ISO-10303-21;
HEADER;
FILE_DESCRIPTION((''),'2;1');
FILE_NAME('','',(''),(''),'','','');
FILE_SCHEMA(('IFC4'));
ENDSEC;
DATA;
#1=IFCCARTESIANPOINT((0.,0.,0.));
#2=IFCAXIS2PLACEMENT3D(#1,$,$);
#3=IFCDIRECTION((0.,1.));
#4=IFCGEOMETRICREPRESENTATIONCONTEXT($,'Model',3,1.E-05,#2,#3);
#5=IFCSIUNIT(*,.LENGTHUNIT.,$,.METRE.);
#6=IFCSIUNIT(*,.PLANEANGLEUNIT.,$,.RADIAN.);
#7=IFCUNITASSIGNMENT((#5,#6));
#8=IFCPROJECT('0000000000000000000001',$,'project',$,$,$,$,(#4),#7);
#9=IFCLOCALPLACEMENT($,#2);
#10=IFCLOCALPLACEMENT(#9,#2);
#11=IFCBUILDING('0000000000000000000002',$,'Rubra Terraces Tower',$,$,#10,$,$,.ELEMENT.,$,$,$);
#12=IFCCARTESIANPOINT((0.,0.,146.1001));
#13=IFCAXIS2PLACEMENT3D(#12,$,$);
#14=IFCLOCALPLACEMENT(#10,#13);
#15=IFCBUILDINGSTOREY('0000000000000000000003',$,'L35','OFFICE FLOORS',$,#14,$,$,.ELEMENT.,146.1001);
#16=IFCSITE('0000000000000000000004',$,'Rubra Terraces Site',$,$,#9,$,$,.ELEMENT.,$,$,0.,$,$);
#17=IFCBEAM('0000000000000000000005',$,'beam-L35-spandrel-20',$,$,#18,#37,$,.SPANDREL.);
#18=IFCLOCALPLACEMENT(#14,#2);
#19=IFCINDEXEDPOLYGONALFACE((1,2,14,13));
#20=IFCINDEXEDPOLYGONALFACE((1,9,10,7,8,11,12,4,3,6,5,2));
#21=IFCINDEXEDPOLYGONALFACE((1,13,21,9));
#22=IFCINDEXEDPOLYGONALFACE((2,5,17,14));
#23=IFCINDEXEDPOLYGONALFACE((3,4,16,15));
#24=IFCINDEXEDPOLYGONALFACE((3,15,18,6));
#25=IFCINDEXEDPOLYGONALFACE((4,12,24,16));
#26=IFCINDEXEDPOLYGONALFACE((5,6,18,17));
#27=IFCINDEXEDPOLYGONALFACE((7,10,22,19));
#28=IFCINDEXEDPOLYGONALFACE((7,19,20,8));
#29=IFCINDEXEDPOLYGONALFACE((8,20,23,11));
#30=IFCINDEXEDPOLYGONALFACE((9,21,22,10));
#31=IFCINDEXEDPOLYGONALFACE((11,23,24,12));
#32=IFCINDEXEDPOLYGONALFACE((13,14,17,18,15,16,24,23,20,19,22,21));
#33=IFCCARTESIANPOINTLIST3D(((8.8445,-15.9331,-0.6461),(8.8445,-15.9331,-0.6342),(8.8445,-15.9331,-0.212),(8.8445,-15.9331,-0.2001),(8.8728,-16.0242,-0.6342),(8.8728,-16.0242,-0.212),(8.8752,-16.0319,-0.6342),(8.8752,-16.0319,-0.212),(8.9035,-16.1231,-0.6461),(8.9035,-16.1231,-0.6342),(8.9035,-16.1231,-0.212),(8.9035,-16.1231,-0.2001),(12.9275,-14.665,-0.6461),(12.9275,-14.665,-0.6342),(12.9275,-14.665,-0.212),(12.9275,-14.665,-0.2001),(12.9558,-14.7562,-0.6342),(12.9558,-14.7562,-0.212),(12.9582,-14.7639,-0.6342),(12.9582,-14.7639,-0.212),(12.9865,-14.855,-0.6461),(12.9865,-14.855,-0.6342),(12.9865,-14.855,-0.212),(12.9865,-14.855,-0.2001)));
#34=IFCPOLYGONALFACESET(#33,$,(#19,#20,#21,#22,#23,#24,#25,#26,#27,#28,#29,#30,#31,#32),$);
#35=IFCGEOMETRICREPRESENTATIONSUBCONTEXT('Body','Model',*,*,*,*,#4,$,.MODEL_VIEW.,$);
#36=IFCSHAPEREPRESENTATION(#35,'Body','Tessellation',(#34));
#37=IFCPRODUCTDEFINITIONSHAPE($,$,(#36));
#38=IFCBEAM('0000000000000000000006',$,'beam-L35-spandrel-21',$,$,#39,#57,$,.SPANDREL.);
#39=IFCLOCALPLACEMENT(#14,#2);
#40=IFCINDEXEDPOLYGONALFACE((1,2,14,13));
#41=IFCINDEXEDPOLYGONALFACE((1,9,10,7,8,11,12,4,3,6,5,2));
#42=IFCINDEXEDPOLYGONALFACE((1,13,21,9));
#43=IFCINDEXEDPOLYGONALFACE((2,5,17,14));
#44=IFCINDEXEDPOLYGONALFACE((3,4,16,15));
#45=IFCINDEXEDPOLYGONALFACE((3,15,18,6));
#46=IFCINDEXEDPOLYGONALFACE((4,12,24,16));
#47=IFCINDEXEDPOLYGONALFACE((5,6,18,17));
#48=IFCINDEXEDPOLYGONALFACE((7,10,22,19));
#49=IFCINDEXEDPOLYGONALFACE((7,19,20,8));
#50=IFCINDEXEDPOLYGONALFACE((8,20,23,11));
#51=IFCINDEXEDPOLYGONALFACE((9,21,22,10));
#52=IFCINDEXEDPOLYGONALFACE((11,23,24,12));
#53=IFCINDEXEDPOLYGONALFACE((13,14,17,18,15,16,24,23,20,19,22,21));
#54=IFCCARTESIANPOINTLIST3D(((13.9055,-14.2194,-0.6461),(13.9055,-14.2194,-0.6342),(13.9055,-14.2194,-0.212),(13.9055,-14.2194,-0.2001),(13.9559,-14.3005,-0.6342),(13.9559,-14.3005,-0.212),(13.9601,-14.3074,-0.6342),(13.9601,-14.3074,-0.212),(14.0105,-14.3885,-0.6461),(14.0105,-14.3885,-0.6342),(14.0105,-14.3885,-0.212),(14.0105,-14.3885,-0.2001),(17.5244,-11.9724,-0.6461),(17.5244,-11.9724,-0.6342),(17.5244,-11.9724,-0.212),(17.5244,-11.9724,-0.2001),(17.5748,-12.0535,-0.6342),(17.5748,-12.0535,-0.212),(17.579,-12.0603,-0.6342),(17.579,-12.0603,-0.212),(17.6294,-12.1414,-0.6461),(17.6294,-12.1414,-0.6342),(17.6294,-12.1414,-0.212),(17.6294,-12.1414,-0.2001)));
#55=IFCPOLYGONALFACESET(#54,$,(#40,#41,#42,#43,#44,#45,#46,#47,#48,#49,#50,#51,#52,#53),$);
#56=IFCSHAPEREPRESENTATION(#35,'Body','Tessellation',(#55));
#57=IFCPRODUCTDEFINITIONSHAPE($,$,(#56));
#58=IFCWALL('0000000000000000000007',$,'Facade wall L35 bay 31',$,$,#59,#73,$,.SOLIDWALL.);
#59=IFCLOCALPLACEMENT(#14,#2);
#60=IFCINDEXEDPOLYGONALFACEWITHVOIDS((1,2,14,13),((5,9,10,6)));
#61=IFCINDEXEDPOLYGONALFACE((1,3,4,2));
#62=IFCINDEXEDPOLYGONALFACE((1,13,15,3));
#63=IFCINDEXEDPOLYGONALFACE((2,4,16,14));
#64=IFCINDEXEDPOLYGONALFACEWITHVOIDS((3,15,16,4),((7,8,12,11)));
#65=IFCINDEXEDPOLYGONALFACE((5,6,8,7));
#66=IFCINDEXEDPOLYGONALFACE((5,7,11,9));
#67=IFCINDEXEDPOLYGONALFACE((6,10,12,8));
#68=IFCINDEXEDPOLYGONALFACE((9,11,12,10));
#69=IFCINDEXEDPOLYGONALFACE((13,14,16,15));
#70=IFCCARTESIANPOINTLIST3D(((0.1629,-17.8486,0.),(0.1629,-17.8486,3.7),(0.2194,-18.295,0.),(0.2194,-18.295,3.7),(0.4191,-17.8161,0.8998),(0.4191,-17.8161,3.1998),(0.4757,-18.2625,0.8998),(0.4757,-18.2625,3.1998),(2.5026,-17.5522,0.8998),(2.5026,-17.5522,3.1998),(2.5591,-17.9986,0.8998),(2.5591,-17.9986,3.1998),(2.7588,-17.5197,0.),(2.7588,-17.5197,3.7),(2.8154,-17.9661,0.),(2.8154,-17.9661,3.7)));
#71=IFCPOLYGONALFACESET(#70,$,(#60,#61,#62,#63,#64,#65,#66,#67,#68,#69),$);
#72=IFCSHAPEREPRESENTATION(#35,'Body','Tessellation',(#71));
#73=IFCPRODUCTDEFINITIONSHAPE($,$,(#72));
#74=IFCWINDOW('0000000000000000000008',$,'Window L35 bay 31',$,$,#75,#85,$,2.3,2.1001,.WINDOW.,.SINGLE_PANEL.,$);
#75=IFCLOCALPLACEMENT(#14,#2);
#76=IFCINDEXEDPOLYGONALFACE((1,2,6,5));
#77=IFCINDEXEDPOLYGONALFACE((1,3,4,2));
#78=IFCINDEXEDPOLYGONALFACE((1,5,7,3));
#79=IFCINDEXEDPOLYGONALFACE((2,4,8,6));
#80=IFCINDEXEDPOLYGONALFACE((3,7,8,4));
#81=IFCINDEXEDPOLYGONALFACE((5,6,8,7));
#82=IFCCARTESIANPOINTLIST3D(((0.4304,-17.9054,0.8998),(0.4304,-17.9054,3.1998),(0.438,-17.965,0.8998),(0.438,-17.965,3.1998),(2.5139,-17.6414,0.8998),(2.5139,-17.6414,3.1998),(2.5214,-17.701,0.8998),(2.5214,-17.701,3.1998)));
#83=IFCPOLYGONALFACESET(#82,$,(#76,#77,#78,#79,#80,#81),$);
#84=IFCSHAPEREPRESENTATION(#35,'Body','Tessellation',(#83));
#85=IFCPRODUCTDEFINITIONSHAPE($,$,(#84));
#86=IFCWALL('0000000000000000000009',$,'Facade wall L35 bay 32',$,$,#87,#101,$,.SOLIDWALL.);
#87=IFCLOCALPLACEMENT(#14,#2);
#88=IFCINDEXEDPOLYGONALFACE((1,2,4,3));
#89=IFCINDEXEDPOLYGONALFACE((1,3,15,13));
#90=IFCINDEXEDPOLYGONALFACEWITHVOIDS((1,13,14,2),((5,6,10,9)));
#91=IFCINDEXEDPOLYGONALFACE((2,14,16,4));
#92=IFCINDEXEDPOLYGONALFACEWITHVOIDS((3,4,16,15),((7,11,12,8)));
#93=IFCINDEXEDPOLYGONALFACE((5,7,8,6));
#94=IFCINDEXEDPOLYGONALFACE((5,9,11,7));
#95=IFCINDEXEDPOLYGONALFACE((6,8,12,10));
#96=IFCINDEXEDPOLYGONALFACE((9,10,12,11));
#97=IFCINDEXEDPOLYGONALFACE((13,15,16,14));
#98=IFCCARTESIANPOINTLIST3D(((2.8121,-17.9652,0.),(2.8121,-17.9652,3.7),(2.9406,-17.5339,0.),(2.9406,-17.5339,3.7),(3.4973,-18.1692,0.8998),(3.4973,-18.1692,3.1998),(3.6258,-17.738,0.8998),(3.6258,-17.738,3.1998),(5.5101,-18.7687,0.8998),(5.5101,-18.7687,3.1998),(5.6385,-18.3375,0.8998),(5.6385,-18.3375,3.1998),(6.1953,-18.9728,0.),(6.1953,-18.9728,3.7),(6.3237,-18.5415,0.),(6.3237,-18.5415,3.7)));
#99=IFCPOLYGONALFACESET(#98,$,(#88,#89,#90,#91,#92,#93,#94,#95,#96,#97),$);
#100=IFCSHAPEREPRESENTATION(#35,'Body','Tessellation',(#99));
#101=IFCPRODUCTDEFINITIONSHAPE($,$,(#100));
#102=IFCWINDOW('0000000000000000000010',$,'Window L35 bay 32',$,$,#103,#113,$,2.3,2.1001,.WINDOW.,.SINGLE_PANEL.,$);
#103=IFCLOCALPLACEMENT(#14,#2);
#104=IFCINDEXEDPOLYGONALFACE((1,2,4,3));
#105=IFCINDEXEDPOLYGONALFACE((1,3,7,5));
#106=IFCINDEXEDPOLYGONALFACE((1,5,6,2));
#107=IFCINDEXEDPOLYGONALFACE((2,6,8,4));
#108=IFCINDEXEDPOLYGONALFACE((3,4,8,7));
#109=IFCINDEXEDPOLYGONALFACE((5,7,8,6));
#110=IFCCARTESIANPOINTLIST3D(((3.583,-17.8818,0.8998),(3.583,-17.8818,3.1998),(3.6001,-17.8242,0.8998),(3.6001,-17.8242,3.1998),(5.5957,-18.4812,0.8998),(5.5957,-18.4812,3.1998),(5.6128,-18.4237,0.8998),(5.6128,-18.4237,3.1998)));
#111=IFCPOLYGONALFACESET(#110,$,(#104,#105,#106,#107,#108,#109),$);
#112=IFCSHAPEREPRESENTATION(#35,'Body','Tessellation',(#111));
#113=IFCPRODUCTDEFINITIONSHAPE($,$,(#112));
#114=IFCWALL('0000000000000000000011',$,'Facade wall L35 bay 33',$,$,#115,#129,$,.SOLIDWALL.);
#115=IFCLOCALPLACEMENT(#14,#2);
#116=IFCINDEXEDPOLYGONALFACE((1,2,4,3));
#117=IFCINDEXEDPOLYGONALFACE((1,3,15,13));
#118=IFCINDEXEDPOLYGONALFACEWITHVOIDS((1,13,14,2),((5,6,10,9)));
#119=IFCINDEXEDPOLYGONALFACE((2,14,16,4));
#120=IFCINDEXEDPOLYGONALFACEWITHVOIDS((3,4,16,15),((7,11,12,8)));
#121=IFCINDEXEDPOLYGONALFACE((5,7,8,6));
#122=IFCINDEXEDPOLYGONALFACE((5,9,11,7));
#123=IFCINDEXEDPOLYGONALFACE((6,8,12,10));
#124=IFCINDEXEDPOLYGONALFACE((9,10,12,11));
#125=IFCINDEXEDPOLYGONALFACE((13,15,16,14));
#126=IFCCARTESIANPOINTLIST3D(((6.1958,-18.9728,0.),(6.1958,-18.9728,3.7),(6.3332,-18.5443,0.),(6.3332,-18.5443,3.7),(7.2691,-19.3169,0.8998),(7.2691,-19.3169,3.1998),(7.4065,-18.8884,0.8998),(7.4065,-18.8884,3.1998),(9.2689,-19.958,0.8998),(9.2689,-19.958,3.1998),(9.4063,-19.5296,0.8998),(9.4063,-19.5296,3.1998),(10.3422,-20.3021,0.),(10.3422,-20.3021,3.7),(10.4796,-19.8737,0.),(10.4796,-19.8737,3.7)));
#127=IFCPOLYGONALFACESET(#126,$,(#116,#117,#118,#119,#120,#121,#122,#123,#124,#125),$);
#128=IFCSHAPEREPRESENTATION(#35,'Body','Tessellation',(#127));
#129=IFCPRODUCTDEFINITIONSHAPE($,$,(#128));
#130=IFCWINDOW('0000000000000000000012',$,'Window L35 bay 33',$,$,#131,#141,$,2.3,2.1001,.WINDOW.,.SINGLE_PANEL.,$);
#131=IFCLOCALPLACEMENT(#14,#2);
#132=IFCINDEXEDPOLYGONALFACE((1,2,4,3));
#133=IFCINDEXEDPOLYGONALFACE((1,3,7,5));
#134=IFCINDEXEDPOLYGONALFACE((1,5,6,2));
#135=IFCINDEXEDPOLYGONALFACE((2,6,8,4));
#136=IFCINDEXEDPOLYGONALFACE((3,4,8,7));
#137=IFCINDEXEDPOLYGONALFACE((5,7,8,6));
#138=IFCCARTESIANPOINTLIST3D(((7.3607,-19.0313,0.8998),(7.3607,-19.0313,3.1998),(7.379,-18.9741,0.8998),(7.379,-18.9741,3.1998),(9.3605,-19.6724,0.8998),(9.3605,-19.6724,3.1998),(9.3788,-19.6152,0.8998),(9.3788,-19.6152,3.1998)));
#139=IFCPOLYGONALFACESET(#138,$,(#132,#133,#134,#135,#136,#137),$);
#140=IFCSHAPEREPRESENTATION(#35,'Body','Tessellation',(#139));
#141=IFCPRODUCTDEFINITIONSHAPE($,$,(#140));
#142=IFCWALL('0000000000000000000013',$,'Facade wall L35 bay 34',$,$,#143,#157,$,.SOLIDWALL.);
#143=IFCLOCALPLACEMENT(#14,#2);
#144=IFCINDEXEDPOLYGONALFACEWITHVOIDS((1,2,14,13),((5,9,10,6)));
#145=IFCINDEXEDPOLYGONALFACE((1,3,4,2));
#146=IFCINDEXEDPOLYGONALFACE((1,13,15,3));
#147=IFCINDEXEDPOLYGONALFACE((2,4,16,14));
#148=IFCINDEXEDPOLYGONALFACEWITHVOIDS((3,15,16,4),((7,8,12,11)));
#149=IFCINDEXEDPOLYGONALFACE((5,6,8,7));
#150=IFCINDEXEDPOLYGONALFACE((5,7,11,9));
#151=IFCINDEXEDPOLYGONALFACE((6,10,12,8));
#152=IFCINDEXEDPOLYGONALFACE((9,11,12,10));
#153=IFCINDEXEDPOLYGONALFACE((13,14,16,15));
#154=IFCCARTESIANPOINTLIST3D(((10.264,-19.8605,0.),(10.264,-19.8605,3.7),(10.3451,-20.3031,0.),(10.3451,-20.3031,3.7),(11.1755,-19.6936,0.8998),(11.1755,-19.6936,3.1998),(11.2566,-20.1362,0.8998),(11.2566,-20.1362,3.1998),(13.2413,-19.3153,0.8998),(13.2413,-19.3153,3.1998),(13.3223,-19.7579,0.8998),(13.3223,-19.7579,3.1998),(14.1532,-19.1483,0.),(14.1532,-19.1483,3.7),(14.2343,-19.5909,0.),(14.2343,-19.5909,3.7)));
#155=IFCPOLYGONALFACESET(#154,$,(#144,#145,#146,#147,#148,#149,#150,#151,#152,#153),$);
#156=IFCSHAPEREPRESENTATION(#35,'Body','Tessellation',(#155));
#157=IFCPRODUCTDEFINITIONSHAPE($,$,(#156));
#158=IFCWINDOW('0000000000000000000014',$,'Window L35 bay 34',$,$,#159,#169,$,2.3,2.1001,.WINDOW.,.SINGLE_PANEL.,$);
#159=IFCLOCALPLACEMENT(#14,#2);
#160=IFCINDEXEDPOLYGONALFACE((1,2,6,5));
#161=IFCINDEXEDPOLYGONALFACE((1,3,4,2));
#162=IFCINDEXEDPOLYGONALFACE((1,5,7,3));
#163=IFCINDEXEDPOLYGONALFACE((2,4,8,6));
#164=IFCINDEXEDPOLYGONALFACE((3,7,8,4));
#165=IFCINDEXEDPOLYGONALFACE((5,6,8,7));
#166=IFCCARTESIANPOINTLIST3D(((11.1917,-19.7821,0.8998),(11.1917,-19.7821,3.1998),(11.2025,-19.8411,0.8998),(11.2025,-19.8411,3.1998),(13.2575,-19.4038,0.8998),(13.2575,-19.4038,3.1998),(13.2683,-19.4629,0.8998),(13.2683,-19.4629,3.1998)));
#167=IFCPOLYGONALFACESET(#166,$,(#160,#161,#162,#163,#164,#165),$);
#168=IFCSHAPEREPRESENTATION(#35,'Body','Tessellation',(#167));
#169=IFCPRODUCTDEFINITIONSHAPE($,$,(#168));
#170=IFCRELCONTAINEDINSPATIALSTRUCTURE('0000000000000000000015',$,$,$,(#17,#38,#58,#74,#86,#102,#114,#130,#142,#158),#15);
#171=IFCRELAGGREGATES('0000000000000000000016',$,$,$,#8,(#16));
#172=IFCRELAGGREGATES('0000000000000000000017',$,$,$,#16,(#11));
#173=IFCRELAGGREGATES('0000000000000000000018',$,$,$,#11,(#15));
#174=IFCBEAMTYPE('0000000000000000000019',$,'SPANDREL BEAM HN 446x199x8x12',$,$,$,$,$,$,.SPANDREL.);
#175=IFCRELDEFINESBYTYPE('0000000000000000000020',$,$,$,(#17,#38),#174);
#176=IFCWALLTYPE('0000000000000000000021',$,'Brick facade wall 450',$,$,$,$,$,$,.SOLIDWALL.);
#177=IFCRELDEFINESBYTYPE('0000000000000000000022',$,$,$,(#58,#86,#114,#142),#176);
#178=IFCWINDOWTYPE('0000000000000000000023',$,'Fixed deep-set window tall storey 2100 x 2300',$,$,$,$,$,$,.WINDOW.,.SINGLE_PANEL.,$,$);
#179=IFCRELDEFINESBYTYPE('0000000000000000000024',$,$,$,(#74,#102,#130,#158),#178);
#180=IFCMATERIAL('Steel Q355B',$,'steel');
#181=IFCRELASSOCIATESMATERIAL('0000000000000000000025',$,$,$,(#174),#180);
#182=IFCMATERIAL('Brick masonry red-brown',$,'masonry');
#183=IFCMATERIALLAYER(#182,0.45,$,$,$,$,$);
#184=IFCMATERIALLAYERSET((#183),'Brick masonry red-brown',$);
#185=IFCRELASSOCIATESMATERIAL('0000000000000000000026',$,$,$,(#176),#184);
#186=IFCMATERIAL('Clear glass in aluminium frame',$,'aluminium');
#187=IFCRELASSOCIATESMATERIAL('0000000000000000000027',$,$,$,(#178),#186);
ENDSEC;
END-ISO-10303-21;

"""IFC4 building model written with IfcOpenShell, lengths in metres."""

from ifc_helpers import new_model, si_unit, direction, frame, frame_2d, origin, origin_2d, place, context, subcontext, project, spatial, rectangle, i_section, extrude, material, layer, layer_set, material_profile, profile_set, type_object, element, fill, save


model = new_model("IFC4")

# Units and contexts
model_context = context("Model", 3, precision=1e-05, world=origin(), true_north=direction((0.0, 1.0)))
body_context = subcontext(model_context, "Body", "Model", "MODEL_VIEW")
ifc_project = project(units=[si_unit("LENGTHUNIT", "METRE"), si_unit("PLANEANGLEUNIT", "RADIAN")], contexts=[model_context])

# Site, building, storey
site_placement = place(None, origin())
site = spatial("IfcSite", under=ifc_project, at=site_placement, Name="Rubra Terraces Site", CompositionType="ELEMENT", RefElevation=0.0)
building_placement = place(site_placement, origin())
building = spatial("IfcBuilding", under=site, at=building_placement, Name="Rubra Terraces Tower", CompositionType="ELEMENT")
storey_placement = place(building_placement, frame((0.0, 0.0, 146.1001)))
storey = spatial("IfcBuildingStorey", under=building, at=storey_placement, Name="L35", Description="OFFICE FLOORS", CompositionType="ELEMENT", Elevation=146.1001)

# Beams
ifc_material_1 = material(Name="Steel Q355B", Category="steel")
ifc_material_profile_1 = material_profile(ifc_material_1, i_section(OverallWidth=0.199, OverallDepth=0.446, WebThickness=0.0081, FlangeThickness=0.012, at=origin_2d()), Name="HN 446x199x8x12")
ifc_profile_set_1 = profile_set([ifc_material_profile_1], Name="Steel Q355B")
beam_type_1 = type_object("IfcBeamType", Name="SPANDREL BEAM HN 446x199x8x12", PredefinedType="SPANDREL", material=ifc_profile_set_1)
beam_1_placement = place(storey_placement, frame((8.874, -16.0281, -0.4231), z_axis=(0.955003, 0.296597, 0.0), x_axis=(-0.296597, 0.955003, 0.0)))
element("IfcBeam", 1, at=beam_1_placement, inside=storey, type_object=beam_type_1, Name="beam-L35-spandrel-20", PredefinedType="SPANDREL", context=body_context, shape_type="SweptSolid", body=[
    extrude(i_section(OverallWidth=0.199, OverallDepth=0.446, WebThickness=0.0081, FlangeThickness=0.012, at=origin_2d()), origin(), (0.0, 0.0, 1.0), 4.2754),
])
beam_2_placement = place(storey_placement, frame((13.958, -14.304, -0.4231), z_axis=(0.84955, 0.527508, 0.0), x_axis=(-0.527508, 0.84955, 0.0)))
element("IfcBeam", 2, at=beam_2_placement, inside=storey, type_object=beam_type_1, Name="beam-L35-spandrel-21", PredefinedType="SPANDREL", context=body_context, shape_type="SweptSolid", body=[
    extrude(i_section(OverallWidth=0.199, OverallDepth=0.446, WebThickness=0.0081, FlangeThickness=0.012, at=origin_2d()), origin(), (0.0, 0.0, 1.0), 4.2598),
])

# Walls, openings, windows
ifc_material_2 = material(Name="Brick masonry red-brown", Category="masonry")
ifc_layer_1 = layer(ifc_material_2, 0.45)
ifc_layer_set_1 = layer_set([ifc_layer_1], Name="Brick masonry red-brown")
wall_type_1 = type_object("IfcWallType", Name="Brick facade wall 450", PredefinedType="SOLIDWALL", material=ifc_layer_set_1)
wall_1_placement = place(storey_placement, frame((0.1912, -18.0718, 0.0), z_axis=(0.0, 0.0, 1.0), x_axis=(0.992071, 0.125677, 0.0)))
wall_1 = element("IfcWall", 3, at=wall_1_placement, inside=storey, type_object=wall_type_1, Name="Facade wall L35 bay 31", PredefinedType="SOLIDWALL", context=body_context, shape_type="SweptSolid", body=[
    extrude(rectangle(XDim=2.6167, YDim=0.45, at=frame_2d((1.3083, 0.0))), origin(), (0.0, 0.0, 1.0), 3.7),
])
opening_1_placement = place(wall_1_placement, frame((0.2583, 0.0, 0.8999)))
opening_1 = element("IfcOpeningElement", 4, at=opening_1_placement, cuts=wall_1, PredefinedType="OPENING", context=body_context, shape_type="SweptSolid", body=[
    extrude(rectangle(XDim=2.1001, YDim=2.3, at=frame_2d((1.05, 1.1499))), frame((0.0, 0.2349, 0.0), z_axis=(0.0, -1.0, 0.0), x_axis=(1.0, 0.0, 0.0)), (0.0, 0.0, 1.0), 0.47),
])
ifc_material_3 = material(Name="Clear glass in aluminium frame", Category="aluminium")
window_type = type_object("IfcWindowType", Name="Fixed deep-set window tall storey 2100 x 2300", PartitioningType="SINGLE_PANEL", PredefinedType="WINDOW", material=ifc_material_3)
window_1_placement = place(opening_1_placement, origin())
window_1 = element("IfcWindow", 5, at=window_1_placement, inside=storey, type_object=window_type, Name="Window L35 bay 31", OverallHeight=2.3, OverallWidth=2.1001, PartitioningType="SINGLE_PANEL", PredefinedType="WINDOW", context=body_context, shape_type="SweptSolid", body=[
    extrude(rectangle(XDim=2.1001, YDim=2.3, at=frame_2d((1.05, 1.1499))), frame((0.0, 0.135, 0.0), z_axis=(0.0, -1.0, 0.0), x_axis=(1.0, 0.0, 0.0)), (0.0, 0.0, 1.0), 0.0601),
])
fill(opening_1, window_1)
wall_2_placement = place(storey_placement, frame((2.8762, -17.7495, 0.0), z_axis=(0.0, 0.0, 1.0), x_axis=(0.958397, -0.285437, 0.0)))
wall_2 = element("IfcWall", 6, at=wall_2_placement, inside=storey, type_object=wall_type_1, Name="Facade wall L35 bay 32", PredefinedType="SOLIDWALL", context=body_context, shape_type="SweptSolid", body=[
    extrude(rectangle(XDim=3.53, YDim=0.45, at=frame_2d((1.7651, 0.0))), origin(), (0.0, 0.0, 1.0), 3.7),
])
opening_2_placement = place(wall_2_placement, frame((0.7151, 0.0, 0.8999)))
opening_2 = element("IfcOpeningElement", 7, at=opening_2_placement, cuts=wall_2, PredefinedType="OPENING", context=body_context, shape_type="SweptSolid", body=[
    extrude(rectangle(XDim=2.1001, YDim=2.3, at=frame_2d((1.05, 1.1499))), frame((0.0, 0.2349, 0.0), z_axis=(0.0, -1.0, 0.0), x_axis=(1.0, 0.0, 0.0)), (0.0, 0.0, 1.0), 0.47),
])
window_2_placement = place(opening_2_placement, origin())
window_2 = element("IfcWindow", 8, at=window_2_placement, inside=storey, type_object=window_type, Name="Window L35 bay 32", OverallHeight=2.3, OverallWidth=2.1001, PartitioningType="SINGLE_PANEL", PredefinedType="WINDOW", context=body_context, shape_type="SweptSolid", body=[
    extrude(rectangle(XDim=2.1001, YDim=2.3, at=frame_2d((1.05, 1.1499))), frame((0.0, 0.135, 0.0), z_axis=(0.0, -1.0, 0.0), x_axis=(1.0, 0.0, 0.0)), (0.0, 0.0, 1.0), 0.0601),
])
fill(opening_2, window_2)
wall_3_placement = place(storey_placement, frame((6.2644, -18.7585, 0.0), z_axis=(0.0, 0.0, 1.0), x_axis=(0.952259, -0.30529, 0.0)))
wall_3 = element("IfcWall", 9, at=wall_3_placement, inside=storey, type_object=wall_type_1, Name="Facade wall L35 bay 33", PredefinedType="SOLIDWALL", context=body_context, shape_type="SweptSolid", body=[
    extrude(rectangle(XDim=4.3542, YDim=0.45, at=frame_2d((2.1772, 0.0))), origin(), (0.0, 0.0, 1.0), 3.7),
])
opening_3_placement = place(wall_3_placement, frame((1.1272, 0.0, 0.8999)))
opening_3 = element("IfcOpeningElement", 10, at=opening_3_placement, cuts=wall_3, PredefinedType="OPENING", context=body_context, shape_type="SweptSolid", body=[
    extrude(rectangle(XDim=2.1001, YDim=2.3, at=frame_2d((1.05, 1.1499))), frame((0.0, 0.2349, 0.0), z_axis=(0.0, -1.0, 0.0), x_axis=(1.0, 0.0, 0.0)), (0.0, 0.0, 1.0), 0.47),
])
window_3_placement = place(opening_3_placement, origin())
window_3 = element("IfcWindow", 11, at=window_3_placement, inside=storey, type_object=window_type, Name="Window L35 bay 33", OverallHeight=2.3, OverallWidth=2.1001, PartitioningType="SINGLE_PANEL", PredefinedType="WINDOW", context=body_context, shape_type="SweptSolid", body=[
    extrude(rectangle(XDim=2.1001, YDim=2.3, at=frame_2d((1.05, 1.1499))), frame((0.0, 0.135, 0.0), z_axis=(0.0, -1.0, 0.0), x_axis=(1.0, 0.0, 0.0)), (0.0, 0.0, 1.0), 0.0601),
])
fill(opening_3, window_3)
wall_4_placement = place(storey_placement, frame((10.3044, -20.0818, 0.0), z_axis=(0.0, 0.0, 1.0), x_axis=(0.983645, 0.180119, 0.0)))
wall_4 = element("IfcWall", 12, at=wall_4_placement, inside=storey, type_object=wall_type_1, Name="Facade wall L35 bay 34", PredefinedType="SOLIDWALL", context=body_context, shape_type="SweptSolid", body=[
    extrude(rectangle(XDim=3.9539, YDim=0.45, at=frame_2d((1.9771, 0.0))), origin(), (0.0, 0.0, 1.0), 3.7),
])
opening_4_placement = place(wall_4_placement, frame((0.9268, 0.0, 0.8999)))
opening_4 = element("IfcOpeningElement", 13, at=opening_4_placement, cuts=wall_4, PredefinedType="OPENING", context=body_context, shape_type="SweptSolid", body=[
    extrude(rectangle(XDim=2.1001, YDim=2.3, at=frame_2d((1.05, 1.1499))), frame((0.0, 0.2349, 0.0), z_axis=(0.0, -1.0, 0.0), x_axis=(1.0, 0.0, 0.0)), (0.0, 0.0, 1.0), 0.47),
])
window_4_placement = place(opening_4_placement, origin())
window_4 = element("IfcWindow", 14, at=window_4_placement, inside=storey, type_object=window_type, Name="Window L35 bay 34", OverallHeight=2.3, OverallWidth=2.1001, PartitioningType="SINGLE_PANEL", PredefinedType="WINDOW", context=body_context, shape_type="SweptSolid", body=[
    extrude(rectangle(XDim=2.1001, YDim=2.3, at=frame_2d((1.05, 1.1499))), frame((0.0, 0.135, 0.0), z_axis=(0.0, -1.0, 0.0), x_axis=(1.0, 0.0, 0.0)), (0.0, 0.0, 1.0), 0.0601),
])
fill(opening_4, window_4)

save(model, "model.ifc")
